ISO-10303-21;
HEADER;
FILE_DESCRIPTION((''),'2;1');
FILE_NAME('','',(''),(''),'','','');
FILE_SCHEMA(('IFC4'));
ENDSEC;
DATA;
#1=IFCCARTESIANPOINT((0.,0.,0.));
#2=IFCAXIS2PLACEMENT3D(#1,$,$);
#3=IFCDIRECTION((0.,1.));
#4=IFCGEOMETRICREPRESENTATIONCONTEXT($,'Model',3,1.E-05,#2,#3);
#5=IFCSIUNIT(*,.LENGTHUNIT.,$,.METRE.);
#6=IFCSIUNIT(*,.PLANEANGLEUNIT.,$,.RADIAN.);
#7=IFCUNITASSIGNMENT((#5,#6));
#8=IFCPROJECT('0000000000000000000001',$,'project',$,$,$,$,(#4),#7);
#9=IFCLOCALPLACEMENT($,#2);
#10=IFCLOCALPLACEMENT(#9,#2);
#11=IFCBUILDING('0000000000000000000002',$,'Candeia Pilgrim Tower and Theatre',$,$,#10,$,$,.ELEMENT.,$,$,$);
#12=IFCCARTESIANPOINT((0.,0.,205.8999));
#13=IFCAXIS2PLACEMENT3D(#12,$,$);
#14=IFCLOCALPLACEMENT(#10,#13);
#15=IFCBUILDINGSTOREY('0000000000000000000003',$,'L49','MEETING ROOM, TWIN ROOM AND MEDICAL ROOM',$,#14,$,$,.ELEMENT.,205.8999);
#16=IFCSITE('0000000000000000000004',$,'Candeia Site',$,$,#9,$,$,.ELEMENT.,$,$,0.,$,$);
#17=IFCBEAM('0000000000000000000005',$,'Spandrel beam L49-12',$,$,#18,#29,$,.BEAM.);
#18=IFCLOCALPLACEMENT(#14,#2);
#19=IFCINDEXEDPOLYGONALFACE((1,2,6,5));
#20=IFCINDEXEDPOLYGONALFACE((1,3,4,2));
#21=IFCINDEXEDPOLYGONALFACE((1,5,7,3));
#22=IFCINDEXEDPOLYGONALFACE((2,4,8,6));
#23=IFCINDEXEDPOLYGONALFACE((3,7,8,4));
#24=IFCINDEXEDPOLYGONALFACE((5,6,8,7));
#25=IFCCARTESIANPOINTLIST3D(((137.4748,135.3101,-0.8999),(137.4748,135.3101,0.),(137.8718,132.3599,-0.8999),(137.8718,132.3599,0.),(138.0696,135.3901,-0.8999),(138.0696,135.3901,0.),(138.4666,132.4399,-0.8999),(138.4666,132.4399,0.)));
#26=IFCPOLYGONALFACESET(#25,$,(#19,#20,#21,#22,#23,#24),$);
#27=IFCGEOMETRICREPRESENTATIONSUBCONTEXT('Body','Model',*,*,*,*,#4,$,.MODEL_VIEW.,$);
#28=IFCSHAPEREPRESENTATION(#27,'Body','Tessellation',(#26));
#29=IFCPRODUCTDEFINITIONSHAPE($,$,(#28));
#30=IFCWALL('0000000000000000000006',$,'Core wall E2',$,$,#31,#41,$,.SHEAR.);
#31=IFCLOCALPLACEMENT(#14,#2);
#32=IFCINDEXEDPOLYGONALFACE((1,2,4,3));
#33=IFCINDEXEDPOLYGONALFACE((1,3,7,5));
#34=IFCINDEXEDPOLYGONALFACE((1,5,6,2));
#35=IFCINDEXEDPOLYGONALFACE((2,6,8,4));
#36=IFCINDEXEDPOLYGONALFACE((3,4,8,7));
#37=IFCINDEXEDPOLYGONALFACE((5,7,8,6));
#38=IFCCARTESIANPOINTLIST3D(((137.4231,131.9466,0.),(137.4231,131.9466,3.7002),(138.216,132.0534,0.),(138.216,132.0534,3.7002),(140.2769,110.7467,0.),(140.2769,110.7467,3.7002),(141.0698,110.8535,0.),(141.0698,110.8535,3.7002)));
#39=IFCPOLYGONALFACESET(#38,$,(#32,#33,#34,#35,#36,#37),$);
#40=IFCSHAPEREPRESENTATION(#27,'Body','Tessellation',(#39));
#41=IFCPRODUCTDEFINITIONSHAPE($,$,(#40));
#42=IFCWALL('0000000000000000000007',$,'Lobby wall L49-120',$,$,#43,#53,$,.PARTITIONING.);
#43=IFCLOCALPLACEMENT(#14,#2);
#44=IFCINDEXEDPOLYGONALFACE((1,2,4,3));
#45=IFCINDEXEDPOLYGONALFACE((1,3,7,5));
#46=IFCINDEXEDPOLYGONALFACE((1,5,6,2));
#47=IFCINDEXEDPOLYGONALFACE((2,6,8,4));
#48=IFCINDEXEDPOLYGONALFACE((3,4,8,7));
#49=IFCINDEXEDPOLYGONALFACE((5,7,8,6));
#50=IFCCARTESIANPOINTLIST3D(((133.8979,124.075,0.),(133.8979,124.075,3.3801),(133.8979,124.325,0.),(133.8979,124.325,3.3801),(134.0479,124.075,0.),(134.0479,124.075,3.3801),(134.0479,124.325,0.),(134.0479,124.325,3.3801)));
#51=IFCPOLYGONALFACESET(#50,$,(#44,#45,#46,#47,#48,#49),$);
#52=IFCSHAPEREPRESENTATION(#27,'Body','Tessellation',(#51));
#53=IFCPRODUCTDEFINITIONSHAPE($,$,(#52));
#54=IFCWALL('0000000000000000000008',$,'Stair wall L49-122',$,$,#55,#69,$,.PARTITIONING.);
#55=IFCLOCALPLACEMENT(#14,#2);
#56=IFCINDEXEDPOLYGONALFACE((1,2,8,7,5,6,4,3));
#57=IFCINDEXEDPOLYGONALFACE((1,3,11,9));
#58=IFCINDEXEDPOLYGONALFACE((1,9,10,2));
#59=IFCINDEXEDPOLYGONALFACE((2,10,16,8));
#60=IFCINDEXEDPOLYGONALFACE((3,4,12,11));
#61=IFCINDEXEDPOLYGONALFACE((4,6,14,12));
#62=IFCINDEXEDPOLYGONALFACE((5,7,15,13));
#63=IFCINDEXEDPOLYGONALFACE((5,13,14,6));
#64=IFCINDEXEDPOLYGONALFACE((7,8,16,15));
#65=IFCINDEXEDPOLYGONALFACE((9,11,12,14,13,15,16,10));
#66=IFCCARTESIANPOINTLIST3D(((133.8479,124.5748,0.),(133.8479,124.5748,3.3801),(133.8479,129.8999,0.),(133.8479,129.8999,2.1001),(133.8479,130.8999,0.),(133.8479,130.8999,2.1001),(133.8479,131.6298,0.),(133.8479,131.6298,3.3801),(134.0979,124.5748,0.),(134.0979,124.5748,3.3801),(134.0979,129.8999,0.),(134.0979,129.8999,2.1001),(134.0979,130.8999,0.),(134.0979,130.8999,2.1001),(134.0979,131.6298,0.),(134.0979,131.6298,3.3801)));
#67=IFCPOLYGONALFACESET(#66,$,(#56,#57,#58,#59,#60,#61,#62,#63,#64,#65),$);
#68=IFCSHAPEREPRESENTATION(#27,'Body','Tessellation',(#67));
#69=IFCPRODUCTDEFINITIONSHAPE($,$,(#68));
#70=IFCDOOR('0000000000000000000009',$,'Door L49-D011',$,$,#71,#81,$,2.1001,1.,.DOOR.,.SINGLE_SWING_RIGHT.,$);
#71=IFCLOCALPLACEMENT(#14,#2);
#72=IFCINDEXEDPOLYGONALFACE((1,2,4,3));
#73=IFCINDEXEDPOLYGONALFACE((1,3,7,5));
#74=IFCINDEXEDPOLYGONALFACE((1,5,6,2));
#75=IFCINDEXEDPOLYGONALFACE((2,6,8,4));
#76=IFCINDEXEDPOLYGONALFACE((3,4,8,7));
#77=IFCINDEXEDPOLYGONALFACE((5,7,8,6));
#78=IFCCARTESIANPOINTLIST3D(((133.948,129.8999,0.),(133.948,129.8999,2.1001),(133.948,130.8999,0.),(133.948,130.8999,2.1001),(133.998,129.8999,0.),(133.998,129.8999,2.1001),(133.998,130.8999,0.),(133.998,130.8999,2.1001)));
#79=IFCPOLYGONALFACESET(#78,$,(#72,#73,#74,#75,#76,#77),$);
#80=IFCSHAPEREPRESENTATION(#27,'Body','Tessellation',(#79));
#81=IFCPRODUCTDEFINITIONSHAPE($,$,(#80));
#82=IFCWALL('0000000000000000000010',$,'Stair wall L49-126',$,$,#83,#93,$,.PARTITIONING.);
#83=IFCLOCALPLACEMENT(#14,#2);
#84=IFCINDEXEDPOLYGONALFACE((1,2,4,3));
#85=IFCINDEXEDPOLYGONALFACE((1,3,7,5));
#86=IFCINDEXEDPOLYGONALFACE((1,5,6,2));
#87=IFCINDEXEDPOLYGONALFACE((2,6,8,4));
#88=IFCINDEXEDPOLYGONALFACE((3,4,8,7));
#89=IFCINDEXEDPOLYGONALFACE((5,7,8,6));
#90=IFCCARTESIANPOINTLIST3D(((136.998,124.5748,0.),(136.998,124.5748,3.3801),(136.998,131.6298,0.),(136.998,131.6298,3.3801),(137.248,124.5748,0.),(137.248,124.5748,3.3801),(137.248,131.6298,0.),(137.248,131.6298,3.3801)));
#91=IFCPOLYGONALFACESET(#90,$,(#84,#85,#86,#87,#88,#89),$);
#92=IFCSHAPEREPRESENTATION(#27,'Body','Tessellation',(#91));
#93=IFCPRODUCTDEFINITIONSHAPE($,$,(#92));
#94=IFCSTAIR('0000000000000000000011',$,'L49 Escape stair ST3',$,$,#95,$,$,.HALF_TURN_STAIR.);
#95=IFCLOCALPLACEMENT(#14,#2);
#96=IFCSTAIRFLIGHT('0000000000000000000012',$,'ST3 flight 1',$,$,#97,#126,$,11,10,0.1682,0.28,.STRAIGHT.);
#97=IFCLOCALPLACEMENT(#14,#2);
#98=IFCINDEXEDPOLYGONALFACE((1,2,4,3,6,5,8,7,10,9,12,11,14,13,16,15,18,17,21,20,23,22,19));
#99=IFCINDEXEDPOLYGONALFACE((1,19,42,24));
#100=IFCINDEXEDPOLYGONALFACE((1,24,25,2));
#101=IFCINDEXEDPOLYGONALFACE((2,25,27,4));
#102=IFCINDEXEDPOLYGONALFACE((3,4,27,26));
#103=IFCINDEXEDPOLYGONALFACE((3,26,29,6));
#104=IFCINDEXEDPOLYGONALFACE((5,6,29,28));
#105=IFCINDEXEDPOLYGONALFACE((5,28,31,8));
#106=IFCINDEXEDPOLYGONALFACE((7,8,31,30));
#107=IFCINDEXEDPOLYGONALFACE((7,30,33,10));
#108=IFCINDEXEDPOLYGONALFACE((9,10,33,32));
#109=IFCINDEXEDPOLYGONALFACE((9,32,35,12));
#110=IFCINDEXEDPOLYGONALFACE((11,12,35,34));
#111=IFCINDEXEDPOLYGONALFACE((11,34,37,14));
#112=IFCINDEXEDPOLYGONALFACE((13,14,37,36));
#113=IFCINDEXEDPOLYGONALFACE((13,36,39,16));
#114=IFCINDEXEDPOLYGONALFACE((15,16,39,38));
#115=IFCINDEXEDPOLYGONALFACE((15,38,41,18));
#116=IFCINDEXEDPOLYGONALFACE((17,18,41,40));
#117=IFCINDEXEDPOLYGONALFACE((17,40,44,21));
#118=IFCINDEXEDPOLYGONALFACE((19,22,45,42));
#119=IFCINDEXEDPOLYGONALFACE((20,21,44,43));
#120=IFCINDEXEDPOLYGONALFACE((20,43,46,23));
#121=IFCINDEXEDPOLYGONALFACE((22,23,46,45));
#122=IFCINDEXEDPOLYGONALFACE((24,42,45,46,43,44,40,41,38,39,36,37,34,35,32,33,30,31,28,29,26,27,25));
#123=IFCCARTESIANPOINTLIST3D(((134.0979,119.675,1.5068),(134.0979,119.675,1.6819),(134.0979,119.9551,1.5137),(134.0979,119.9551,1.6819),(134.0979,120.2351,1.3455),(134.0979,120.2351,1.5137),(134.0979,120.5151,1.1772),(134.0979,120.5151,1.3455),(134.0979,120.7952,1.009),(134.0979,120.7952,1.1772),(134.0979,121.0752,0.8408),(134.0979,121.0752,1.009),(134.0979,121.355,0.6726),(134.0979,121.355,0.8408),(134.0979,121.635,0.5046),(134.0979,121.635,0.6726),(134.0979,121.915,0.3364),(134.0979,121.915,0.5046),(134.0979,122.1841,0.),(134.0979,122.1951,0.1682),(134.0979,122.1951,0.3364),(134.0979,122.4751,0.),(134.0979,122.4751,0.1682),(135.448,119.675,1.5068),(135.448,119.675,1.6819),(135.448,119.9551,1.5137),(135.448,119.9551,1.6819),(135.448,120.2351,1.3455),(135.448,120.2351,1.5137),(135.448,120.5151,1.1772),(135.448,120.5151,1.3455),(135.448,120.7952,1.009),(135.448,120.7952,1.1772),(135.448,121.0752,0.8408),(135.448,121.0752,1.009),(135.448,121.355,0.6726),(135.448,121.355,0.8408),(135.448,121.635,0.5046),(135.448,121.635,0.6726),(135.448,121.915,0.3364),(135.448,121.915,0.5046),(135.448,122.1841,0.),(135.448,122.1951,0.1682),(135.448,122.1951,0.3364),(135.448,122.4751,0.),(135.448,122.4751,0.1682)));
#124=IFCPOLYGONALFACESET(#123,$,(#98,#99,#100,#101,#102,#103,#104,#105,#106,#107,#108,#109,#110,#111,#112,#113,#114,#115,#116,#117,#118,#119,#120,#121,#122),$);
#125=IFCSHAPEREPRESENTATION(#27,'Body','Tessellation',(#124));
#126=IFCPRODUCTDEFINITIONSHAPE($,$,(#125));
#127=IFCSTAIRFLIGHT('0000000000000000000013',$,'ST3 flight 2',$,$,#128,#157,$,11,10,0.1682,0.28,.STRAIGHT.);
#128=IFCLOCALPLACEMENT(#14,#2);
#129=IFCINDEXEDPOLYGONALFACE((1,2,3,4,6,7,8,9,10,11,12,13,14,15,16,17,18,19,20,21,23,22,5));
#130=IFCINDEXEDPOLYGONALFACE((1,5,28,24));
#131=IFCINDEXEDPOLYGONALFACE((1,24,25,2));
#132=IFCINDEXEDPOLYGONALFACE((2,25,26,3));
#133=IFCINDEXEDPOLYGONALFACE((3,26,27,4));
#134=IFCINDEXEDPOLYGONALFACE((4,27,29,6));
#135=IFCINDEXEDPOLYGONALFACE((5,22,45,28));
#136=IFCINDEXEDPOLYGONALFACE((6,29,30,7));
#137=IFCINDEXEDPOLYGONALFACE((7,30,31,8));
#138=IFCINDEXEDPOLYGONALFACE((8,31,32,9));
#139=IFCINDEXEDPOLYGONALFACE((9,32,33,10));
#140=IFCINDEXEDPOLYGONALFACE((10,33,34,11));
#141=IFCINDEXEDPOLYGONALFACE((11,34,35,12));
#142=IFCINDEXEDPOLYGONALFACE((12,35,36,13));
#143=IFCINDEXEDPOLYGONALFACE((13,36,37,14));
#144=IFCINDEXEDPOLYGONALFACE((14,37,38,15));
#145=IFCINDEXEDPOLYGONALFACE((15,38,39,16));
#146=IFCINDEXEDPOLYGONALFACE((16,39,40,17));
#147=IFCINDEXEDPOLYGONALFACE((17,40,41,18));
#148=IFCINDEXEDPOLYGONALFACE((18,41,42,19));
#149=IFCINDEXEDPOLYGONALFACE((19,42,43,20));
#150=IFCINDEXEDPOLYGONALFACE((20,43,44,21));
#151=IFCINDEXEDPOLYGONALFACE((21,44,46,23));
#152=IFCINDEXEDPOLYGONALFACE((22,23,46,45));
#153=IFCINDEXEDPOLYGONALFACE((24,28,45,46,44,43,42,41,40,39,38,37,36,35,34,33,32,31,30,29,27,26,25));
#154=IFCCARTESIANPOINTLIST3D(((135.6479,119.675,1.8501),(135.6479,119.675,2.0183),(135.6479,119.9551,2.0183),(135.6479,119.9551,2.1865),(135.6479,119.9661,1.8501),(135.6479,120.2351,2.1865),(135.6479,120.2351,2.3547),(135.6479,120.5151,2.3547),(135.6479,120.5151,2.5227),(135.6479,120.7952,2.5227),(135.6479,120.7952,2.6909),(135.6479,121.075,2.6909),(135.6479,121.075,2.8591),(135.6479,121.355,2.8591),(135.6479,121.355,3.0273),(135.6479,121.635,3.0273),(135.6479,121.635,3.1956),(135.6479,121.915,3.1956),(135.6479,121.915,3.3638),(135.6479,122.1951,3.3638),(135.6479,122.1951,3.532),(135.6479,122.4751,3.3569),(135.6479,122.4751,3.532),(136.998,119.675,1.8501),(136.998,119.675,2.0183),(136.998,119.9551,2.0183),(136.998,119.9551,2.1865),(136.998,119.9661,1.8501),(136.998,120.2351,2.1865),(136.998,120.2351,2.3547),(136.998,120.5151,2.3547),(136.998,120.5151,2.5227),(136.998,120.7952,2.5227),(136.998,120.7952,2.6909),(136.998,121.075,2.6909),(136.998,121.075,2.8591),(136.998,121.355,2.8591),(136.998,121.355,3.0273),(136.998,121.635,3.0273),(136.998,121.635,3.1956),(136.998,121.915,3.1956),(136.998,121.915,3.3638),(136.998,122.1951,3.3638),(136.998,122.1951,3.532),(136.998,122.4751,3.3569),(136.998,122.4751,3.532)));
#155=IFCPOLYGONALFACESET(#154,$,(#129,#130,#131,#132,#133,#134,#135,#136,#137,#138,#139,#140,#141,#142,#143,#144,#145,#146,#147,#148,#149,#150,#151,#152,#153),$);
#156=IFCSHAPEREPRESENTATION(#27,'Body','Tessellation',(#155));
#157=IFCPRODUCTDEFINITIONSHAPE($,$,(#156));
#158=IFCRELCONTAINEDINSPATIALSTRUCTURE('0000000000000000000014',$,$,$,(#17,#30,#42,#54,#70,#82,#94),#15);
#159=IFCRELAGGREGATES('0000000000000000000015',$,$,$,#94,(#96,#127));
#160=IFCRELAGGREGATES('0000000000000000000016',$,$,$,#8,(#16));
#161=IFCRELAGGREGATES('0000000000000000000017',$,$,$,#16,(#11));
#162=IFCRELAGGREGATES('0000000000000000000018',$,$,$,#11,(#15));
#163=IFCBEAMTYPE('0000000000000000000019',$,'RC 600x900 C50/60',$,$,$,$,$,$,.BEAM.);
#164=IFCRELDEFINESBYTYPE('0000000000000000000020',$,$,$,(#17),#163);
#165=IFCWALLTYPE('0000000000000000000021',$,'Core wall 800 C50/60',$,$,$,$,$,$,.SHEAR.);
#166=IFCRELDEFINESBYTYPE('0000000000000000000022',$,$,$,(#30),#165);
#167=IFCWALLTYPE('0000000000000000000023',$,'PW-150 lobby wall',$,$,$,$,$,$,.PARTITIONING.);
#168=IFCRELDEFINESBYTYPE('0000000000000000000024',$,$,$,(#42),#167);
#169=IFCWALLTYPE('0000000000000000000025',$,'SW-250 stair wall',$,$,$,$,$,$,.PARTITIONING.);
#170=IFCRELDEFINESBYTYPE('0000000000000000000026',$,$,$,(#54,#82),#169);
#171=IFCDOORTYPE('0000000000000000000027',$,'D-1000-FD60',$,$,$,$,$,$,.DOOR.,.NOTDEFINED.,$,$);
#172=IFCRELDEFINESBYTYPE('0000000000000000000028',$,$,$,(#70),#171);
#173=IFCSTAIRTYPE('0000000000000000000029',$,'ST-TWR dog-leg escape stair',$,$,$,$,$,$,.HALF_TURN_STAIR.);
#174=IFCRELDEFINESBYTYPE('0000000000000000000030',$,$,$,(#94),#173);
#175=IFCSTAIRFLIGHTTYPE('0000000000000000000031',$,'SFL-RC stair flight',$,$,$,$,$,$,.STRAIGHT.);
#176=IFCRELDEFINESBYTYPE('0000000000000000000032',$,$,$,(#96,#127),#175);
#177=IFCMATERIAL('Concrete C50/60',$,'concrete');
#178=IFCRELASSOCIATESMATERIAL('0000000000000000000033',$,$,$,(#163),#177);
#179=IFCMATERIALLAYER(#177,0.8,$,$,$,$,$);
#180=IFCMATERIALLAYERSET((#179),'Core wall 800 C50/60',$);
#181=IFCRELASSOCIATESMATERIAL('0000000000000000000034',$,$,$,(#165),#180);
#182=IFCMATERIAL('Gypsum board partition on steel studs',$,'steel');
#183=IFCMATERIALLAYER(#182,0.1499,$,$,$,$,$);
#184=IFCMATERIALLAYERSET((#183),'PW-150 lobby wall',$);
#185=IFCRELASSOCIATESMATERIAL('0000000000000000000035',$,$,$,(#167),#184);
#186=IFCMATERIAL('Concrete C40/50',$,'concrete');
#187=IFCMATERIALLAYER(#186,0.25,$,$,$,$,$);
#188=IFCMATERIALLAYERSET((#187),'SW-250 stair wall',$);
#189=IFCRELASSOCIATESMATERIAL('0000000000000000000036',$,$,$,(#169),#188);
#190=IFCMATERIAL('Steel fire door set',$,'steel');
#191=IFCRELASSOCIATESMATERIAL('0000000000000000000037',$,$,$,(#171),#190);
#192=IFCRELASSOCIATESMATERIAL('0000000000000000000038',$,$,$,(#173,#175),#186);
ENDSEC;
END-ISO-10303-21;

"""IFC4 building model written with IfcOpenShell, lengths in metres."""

from ifc_helpers import new_model, si_unit, direction, frame, frame_2d, origin, origin_2d, place, context, subcontext, project, spatial, polyline, rectangle, outline, extrude, material, layer, layer_set, material_profile, profile_set, type_object, element, fill, aggregate, save


model = new_model("IFC4")

# Units and contexts
model_context = context("Model", 3, precision=1e-05, world=origin(), true_north=direction((0.0, 1.0)))
body_context = subcontext(model_context, "Body", "Model", "MODEL_VIEW")
ifc_project = project(units=[si_unit("LENGTHUNIT", "METRE"), si_unit("PLANEANGLEUNIT", "RADIAN")], contexts=[model_context])

# Site, building, storey
site_placement = place(None, origin())
site = spatial("IfcSite", under=ifc_project, at=site_placement, Name="Candeia Site", CompositionType="ELEMENT", RefElevation=0.0)
building_placement = place(site_placement, origin())
building = spatial("IfcBuilding", under=site, at=building_placement, Name="Candeia Pilgrim Tower and Theatre", CompositionType="ELEMENT")
storey_placement = place(building_placement, frame((0.0, 0.0, 205.8999)))
storey = spatial("IfcBuildingStorey", under=building, at=storey_placement, Name="L49", Description="MEETING ROOM, TWIN ROOM AND MEDICAL ROOM", CompositionType="ELEMENT", Elevation=205.8999)

# Beam
ifc_material_1 = material(Name="Concrete C50/60", Category="concrete")
ifc_material_profile = material_profile(ifc_material_1, rectangle(XDim=0.6001, YDim=0.8999, at=origin_2d()))
ifc_profile_set = profile_set([ifc_material_profile], Name="Concrete C50/60")
beam_type = type_object("IfcBeamType", Name="RC 600x900 C50/60", PredefinedType="BEAM", material=ifc_profile_set)
beam_placement = place(storey_placement, frame((138.1692, 132.3999, -0.45), z_axis=(-0.133356, 0.991068, 0.0), x_axis=(-0.991068, -0.133356, 0.0)))
element("IfcBeam", 1, at=beam_placement, inside=storey, type_object=beam_type, Name="Spandrel beam L49-12", PredefinedType="BEAM", context=body_context, shape_type="SweptSolid", body=[
    extrude(rectangle(XDim=0.6001, YDim=0.8999, at=origin_2d()), origin(), (0.0, 0.0, 1.0), 2.9768),
])

# Wall
ifc_layer_1 = layer(ifc_material_1, 0.8)
ifc_layer_set_1 = layer_set([ifc_layer_1], Name="Core wall 800 C50/60")
wall_type_1 = type_object("IfcWallType", Name="Core wall 800 C50/60", PredefinedType="SHEAR", material=ifc_layer_set_1)
wall_1_placement = place(storey_placement, frame((137.8196, 132.0, 0.0), z_axis=(0.0, 0.0, 1.0), x_axis=(0.133408, -0.991061, 0.0)))
element("IfcWall", 2, at=wall_1_placement, inside=storey, type_object=wall_type_1, Name="Core wall E2", PredefinedType="SHEAR", context=body_context, shape_type="SweptSolid", body=[
    extrude(rectangle(XDim=21.3911, YDim=0.8, at=frame_2d((10.6956, 0.0))), origin(), (0.0, 0.0, 1.0), 3.7002),
])

# Wall
ifc_material_2 = material(Name="Gypsum board partition on steel studs", Category="steel")
ifc_layer_2 = layer(ifc_material_2, 0.1499)
ifc_layer_set_2 = layer_set([ifc_layer_2], Name="PW-150 lobby wall")
wall_type_2 = type_object("IfcWallType", Name="PW-150 lobby wall", PredefinedType="PARTITIONING", material=ifc_layer_set_2)
wall_2_placement = place(storey_placement, frame((133.9729, 124.075, 0.0), z_axis=(0.0, 0.0, 1.0), x_axis=(0.0, 1.0, 0.0)))
element("IfcWall", 3, at=wall_2_placement, inside=storey, type_object=wall_type_2, Name="Lobby wall L49-120", PredefinedType="PARTITIONING", context=body_context, shape_type="SweptSolid", body=[
    extrude(rectangle(XDim=0.25, YDim=0.1499, at=frame_2d((0.125, 0.0))), origin(), (0.0, 0.0, 1.0), 3.3801),
])

# Wall, opening, door
ifc_material_3 = material(Name="Concrete C40/50", Category="concrete")
ifc_layer_3 = layer(ifc_material_3, 0.25)
ifc_layer_set_3 = layer_set([ifc_layer_3], Name="SW-250 stair wall")
wall_type_3 = type_object("IfcWallType", Name="SW-250 stair wall", PredefinedType="PARTITIONING", material=ifc_layer_set_3)
wall_3_placement = place(storey_placement, frame((133.9729, 124.575, 0.0), z_axis=(0.0, 0.0, 1.0), x_axis=(0.0, 1.0, 0.0)))
wall_3 = element("IfcWall", 4, at=wall_3_placement, inside=storey, type_object=wall_type_3, Name="Stair wall L49-122", PredefinedType="PARTITIONING", context=body_context, shape_type="SweptSolid", body=[
    extrude(rectangle(XDim=7.0549, YDim=0.25, at=frame_2d((3.5273, 0.0))), origin(), (0.0, 0.0, 1.0), 3.3801),
])
opening_1_placement = place(wall_3_placement, frame((5.325, 0.0, 0.0)))
opening_1 = element("IfcOpeningElement", 5, at=opening_1_placement, cuts=wall_3, PredefinedType="OPENING", context=body_context, shape_type="SweptSolid", body=[
    extrude(rectangle(XDim=1.0, YDim=2.1001, at=frame_2d((0.5, 1.05))), frame((0.0, 0.135, 0.0), z_axis=(0.0, -1.0, 0.0), x_axis=(1.0, 0.0, 0.0)), (0.0, 0.0, 1.0), 0.27),
])
ifc_material_4 = material(Name="Steel fire door set", Category="steel")
door_type_1 = type_object("IfcDoorType", Name="D-1000-FD60", OperationType="NOTDEFINED", PredefinedType="DOOR", material=ifc_material_4)
door_1_placement = place(opening_1_placement, origin())
door_1 = element("IfcDoor", 6, at=door_1_placement, inside=storey, type_object=door_type_1, Name="Door L49-D011", OperationType="SINGLE_SWING_RIGHT", OverallHeight=2.1001, OverallWidth=1.0, PredefinedType="DOOR", context=body_context, shape_type="SweptSolid", body=[
    extrude(rectangle(XDim=1.0, YDim=2.1001, at=frame_2d((0.5, 1.05))), frame((0.0, 0.0249, 0.0), z_axis=(0.0, -1.0, 0.0), x_axis=(1.0, 0.0, 0.0)), (0.0, 0.0, 1.0), 0.05),
])
fill(opening_1, door_1)

# Wall
wall_4_placement = place(storey_placement, frame((137.123, 124.575, 0.0), z_axis=(0.0, 0.0, 1.0), x_axis=(0.0, 1.0, 0.0)))
element("IfcWall", 7, at=wall_4_placement, inside=storey, type_object=wall_type_3, Name="Stair wall L49-126", PredefinedType="PARTITIONING", context=body_context, shape_type="SweptSolid", body=[
    extrude(rectangle(XDim=7.0549, YDim=0.25, at=frame_2d((3.5273, 0.0))), origin(), (0.0, 0.0, 1.0), 3.3801),
])

# Stair, stair flights
stair_type = type_object("IfcStairType", Name="ST-TWR dog-leg escape stair", PredefinedType="HALF_TURN_STAIR", material=ifc_material_3)
stair_1_placement = place(storey_placement, origin())
stair_1 = element("IfcStair", 8, at=stair_1_placement, inside=storey, type_object=stair_type, Name="L49 Escape stair ST3", PredefinedType="HALF_TURN_STAIR")
stair_flight_type = type_object("IfcStairFlightType", Name="SFL-RC stair flight", PredefinedType="STRAIGHT", material=ifc_material_3)
stair_flight_1_placement = place(storey_placement, frame((134.7729, 122.4751, 0.0), z_axis=(0.0, 0.0, 1.0), x_axis=(0.0, -1.0, 0.0)))
stair_flight_1 = element("IfcStairFlight", 9, at=stair_flight_1_placement, type_object=stair_flight_type, Name="ST3 flight 1", NumberOfRisers=11, NumberOfTreads=10, PredefinedType="STRAIGHT", RiserHeight=0.1682, TreadLength=0.28, context=body_context, shape_type="SweptSolid", body=[
    extrude(outline(polyline([(0.0, 0.0), (0.0, 0.1682), (0.28, 0.1682), (0.28, 0.3364), (0.5601, 0.3364), (0.5601, 0.5046), (0.8401, 0.5046), (0.8401, 0.6726), (1.1201, 0.6726), (1.1201, 0.8408), (1.3999, 0.8408), (1.3999, 1.009), (1.6799, 1.009), (1.6799, 1.1772), (1.96, 1.1772), (1.96, 1.3455), (2.24, 1.3455), (2.24, 1.5137), (2.52, 1.5137), (2.52, 1.6819), (2.8, 1.6819), (2.8, 1.8501), (2.8, 1.5068), (0.291, 0.0), (0.0, 0.0)])), frame((0.0, 0.675, 0.0), z_axis=(0.0, -1.0, 0.0), x_axis=(1.0, 0.0, 0.0)), (0.0, 0.0, 1.0), 1.3501),
])
stair_flight_2_placement = place(storey_placement, frame((136.323, 119.675, 1.8501), z_axis=(0.0, 0.0, 1.0), x_axis=(0.0, 1.0, 0.0)))
stair_flight_2 = element("IfcStairFlight", 10, at=stair_flight_2_placement, type_object=stair_flight_type, Name="ST3 flight 2", NumberOfRisers=11, NumberOfTreads=10, PredefinedType="STRAIGHT", RiserHeight=0.1682, TreadLength=0.28, context=body_context, shape_type="SweptSolid", body=[
    extrude(outline(polyline([(0.0, 0.0), (0.0, 0.1682), (0.28, 0.1682), (0.28, 0.3364), (0.5601, 0.3364), (0.5601, 0.5046), (0.8401, 0.5046), (0.8401, 0.6726), (1.1201, 0.6726), (1.1201, 0.8408), (1.3999, 0.8408), (1.3999, 1.009), (1.6799, 1.009), (1.6799, 1.1772), (1.96, 1.1772), (1.96, 1.3455), (2.24, 1.3455), (2.24, 1.5137), (2.52, 1.5137), (2.52, 1.6819), (2.8, 1.6819), (2.8, 1.8501), (2.8, 1.5068), (0.291, 0.0), (0.0, 0.0)])), frame((0.0, 0.675, 0.0), z_axis=(0.0, -1.0, 0.0), x_axis=(1.0, 0.0, 0.0)), (0.0, 0.0, 1.0), 1.3501),
])
aggregate(stair_1, [stair_flight_1, stair_flight_2])

save(model, "model.ifc")
